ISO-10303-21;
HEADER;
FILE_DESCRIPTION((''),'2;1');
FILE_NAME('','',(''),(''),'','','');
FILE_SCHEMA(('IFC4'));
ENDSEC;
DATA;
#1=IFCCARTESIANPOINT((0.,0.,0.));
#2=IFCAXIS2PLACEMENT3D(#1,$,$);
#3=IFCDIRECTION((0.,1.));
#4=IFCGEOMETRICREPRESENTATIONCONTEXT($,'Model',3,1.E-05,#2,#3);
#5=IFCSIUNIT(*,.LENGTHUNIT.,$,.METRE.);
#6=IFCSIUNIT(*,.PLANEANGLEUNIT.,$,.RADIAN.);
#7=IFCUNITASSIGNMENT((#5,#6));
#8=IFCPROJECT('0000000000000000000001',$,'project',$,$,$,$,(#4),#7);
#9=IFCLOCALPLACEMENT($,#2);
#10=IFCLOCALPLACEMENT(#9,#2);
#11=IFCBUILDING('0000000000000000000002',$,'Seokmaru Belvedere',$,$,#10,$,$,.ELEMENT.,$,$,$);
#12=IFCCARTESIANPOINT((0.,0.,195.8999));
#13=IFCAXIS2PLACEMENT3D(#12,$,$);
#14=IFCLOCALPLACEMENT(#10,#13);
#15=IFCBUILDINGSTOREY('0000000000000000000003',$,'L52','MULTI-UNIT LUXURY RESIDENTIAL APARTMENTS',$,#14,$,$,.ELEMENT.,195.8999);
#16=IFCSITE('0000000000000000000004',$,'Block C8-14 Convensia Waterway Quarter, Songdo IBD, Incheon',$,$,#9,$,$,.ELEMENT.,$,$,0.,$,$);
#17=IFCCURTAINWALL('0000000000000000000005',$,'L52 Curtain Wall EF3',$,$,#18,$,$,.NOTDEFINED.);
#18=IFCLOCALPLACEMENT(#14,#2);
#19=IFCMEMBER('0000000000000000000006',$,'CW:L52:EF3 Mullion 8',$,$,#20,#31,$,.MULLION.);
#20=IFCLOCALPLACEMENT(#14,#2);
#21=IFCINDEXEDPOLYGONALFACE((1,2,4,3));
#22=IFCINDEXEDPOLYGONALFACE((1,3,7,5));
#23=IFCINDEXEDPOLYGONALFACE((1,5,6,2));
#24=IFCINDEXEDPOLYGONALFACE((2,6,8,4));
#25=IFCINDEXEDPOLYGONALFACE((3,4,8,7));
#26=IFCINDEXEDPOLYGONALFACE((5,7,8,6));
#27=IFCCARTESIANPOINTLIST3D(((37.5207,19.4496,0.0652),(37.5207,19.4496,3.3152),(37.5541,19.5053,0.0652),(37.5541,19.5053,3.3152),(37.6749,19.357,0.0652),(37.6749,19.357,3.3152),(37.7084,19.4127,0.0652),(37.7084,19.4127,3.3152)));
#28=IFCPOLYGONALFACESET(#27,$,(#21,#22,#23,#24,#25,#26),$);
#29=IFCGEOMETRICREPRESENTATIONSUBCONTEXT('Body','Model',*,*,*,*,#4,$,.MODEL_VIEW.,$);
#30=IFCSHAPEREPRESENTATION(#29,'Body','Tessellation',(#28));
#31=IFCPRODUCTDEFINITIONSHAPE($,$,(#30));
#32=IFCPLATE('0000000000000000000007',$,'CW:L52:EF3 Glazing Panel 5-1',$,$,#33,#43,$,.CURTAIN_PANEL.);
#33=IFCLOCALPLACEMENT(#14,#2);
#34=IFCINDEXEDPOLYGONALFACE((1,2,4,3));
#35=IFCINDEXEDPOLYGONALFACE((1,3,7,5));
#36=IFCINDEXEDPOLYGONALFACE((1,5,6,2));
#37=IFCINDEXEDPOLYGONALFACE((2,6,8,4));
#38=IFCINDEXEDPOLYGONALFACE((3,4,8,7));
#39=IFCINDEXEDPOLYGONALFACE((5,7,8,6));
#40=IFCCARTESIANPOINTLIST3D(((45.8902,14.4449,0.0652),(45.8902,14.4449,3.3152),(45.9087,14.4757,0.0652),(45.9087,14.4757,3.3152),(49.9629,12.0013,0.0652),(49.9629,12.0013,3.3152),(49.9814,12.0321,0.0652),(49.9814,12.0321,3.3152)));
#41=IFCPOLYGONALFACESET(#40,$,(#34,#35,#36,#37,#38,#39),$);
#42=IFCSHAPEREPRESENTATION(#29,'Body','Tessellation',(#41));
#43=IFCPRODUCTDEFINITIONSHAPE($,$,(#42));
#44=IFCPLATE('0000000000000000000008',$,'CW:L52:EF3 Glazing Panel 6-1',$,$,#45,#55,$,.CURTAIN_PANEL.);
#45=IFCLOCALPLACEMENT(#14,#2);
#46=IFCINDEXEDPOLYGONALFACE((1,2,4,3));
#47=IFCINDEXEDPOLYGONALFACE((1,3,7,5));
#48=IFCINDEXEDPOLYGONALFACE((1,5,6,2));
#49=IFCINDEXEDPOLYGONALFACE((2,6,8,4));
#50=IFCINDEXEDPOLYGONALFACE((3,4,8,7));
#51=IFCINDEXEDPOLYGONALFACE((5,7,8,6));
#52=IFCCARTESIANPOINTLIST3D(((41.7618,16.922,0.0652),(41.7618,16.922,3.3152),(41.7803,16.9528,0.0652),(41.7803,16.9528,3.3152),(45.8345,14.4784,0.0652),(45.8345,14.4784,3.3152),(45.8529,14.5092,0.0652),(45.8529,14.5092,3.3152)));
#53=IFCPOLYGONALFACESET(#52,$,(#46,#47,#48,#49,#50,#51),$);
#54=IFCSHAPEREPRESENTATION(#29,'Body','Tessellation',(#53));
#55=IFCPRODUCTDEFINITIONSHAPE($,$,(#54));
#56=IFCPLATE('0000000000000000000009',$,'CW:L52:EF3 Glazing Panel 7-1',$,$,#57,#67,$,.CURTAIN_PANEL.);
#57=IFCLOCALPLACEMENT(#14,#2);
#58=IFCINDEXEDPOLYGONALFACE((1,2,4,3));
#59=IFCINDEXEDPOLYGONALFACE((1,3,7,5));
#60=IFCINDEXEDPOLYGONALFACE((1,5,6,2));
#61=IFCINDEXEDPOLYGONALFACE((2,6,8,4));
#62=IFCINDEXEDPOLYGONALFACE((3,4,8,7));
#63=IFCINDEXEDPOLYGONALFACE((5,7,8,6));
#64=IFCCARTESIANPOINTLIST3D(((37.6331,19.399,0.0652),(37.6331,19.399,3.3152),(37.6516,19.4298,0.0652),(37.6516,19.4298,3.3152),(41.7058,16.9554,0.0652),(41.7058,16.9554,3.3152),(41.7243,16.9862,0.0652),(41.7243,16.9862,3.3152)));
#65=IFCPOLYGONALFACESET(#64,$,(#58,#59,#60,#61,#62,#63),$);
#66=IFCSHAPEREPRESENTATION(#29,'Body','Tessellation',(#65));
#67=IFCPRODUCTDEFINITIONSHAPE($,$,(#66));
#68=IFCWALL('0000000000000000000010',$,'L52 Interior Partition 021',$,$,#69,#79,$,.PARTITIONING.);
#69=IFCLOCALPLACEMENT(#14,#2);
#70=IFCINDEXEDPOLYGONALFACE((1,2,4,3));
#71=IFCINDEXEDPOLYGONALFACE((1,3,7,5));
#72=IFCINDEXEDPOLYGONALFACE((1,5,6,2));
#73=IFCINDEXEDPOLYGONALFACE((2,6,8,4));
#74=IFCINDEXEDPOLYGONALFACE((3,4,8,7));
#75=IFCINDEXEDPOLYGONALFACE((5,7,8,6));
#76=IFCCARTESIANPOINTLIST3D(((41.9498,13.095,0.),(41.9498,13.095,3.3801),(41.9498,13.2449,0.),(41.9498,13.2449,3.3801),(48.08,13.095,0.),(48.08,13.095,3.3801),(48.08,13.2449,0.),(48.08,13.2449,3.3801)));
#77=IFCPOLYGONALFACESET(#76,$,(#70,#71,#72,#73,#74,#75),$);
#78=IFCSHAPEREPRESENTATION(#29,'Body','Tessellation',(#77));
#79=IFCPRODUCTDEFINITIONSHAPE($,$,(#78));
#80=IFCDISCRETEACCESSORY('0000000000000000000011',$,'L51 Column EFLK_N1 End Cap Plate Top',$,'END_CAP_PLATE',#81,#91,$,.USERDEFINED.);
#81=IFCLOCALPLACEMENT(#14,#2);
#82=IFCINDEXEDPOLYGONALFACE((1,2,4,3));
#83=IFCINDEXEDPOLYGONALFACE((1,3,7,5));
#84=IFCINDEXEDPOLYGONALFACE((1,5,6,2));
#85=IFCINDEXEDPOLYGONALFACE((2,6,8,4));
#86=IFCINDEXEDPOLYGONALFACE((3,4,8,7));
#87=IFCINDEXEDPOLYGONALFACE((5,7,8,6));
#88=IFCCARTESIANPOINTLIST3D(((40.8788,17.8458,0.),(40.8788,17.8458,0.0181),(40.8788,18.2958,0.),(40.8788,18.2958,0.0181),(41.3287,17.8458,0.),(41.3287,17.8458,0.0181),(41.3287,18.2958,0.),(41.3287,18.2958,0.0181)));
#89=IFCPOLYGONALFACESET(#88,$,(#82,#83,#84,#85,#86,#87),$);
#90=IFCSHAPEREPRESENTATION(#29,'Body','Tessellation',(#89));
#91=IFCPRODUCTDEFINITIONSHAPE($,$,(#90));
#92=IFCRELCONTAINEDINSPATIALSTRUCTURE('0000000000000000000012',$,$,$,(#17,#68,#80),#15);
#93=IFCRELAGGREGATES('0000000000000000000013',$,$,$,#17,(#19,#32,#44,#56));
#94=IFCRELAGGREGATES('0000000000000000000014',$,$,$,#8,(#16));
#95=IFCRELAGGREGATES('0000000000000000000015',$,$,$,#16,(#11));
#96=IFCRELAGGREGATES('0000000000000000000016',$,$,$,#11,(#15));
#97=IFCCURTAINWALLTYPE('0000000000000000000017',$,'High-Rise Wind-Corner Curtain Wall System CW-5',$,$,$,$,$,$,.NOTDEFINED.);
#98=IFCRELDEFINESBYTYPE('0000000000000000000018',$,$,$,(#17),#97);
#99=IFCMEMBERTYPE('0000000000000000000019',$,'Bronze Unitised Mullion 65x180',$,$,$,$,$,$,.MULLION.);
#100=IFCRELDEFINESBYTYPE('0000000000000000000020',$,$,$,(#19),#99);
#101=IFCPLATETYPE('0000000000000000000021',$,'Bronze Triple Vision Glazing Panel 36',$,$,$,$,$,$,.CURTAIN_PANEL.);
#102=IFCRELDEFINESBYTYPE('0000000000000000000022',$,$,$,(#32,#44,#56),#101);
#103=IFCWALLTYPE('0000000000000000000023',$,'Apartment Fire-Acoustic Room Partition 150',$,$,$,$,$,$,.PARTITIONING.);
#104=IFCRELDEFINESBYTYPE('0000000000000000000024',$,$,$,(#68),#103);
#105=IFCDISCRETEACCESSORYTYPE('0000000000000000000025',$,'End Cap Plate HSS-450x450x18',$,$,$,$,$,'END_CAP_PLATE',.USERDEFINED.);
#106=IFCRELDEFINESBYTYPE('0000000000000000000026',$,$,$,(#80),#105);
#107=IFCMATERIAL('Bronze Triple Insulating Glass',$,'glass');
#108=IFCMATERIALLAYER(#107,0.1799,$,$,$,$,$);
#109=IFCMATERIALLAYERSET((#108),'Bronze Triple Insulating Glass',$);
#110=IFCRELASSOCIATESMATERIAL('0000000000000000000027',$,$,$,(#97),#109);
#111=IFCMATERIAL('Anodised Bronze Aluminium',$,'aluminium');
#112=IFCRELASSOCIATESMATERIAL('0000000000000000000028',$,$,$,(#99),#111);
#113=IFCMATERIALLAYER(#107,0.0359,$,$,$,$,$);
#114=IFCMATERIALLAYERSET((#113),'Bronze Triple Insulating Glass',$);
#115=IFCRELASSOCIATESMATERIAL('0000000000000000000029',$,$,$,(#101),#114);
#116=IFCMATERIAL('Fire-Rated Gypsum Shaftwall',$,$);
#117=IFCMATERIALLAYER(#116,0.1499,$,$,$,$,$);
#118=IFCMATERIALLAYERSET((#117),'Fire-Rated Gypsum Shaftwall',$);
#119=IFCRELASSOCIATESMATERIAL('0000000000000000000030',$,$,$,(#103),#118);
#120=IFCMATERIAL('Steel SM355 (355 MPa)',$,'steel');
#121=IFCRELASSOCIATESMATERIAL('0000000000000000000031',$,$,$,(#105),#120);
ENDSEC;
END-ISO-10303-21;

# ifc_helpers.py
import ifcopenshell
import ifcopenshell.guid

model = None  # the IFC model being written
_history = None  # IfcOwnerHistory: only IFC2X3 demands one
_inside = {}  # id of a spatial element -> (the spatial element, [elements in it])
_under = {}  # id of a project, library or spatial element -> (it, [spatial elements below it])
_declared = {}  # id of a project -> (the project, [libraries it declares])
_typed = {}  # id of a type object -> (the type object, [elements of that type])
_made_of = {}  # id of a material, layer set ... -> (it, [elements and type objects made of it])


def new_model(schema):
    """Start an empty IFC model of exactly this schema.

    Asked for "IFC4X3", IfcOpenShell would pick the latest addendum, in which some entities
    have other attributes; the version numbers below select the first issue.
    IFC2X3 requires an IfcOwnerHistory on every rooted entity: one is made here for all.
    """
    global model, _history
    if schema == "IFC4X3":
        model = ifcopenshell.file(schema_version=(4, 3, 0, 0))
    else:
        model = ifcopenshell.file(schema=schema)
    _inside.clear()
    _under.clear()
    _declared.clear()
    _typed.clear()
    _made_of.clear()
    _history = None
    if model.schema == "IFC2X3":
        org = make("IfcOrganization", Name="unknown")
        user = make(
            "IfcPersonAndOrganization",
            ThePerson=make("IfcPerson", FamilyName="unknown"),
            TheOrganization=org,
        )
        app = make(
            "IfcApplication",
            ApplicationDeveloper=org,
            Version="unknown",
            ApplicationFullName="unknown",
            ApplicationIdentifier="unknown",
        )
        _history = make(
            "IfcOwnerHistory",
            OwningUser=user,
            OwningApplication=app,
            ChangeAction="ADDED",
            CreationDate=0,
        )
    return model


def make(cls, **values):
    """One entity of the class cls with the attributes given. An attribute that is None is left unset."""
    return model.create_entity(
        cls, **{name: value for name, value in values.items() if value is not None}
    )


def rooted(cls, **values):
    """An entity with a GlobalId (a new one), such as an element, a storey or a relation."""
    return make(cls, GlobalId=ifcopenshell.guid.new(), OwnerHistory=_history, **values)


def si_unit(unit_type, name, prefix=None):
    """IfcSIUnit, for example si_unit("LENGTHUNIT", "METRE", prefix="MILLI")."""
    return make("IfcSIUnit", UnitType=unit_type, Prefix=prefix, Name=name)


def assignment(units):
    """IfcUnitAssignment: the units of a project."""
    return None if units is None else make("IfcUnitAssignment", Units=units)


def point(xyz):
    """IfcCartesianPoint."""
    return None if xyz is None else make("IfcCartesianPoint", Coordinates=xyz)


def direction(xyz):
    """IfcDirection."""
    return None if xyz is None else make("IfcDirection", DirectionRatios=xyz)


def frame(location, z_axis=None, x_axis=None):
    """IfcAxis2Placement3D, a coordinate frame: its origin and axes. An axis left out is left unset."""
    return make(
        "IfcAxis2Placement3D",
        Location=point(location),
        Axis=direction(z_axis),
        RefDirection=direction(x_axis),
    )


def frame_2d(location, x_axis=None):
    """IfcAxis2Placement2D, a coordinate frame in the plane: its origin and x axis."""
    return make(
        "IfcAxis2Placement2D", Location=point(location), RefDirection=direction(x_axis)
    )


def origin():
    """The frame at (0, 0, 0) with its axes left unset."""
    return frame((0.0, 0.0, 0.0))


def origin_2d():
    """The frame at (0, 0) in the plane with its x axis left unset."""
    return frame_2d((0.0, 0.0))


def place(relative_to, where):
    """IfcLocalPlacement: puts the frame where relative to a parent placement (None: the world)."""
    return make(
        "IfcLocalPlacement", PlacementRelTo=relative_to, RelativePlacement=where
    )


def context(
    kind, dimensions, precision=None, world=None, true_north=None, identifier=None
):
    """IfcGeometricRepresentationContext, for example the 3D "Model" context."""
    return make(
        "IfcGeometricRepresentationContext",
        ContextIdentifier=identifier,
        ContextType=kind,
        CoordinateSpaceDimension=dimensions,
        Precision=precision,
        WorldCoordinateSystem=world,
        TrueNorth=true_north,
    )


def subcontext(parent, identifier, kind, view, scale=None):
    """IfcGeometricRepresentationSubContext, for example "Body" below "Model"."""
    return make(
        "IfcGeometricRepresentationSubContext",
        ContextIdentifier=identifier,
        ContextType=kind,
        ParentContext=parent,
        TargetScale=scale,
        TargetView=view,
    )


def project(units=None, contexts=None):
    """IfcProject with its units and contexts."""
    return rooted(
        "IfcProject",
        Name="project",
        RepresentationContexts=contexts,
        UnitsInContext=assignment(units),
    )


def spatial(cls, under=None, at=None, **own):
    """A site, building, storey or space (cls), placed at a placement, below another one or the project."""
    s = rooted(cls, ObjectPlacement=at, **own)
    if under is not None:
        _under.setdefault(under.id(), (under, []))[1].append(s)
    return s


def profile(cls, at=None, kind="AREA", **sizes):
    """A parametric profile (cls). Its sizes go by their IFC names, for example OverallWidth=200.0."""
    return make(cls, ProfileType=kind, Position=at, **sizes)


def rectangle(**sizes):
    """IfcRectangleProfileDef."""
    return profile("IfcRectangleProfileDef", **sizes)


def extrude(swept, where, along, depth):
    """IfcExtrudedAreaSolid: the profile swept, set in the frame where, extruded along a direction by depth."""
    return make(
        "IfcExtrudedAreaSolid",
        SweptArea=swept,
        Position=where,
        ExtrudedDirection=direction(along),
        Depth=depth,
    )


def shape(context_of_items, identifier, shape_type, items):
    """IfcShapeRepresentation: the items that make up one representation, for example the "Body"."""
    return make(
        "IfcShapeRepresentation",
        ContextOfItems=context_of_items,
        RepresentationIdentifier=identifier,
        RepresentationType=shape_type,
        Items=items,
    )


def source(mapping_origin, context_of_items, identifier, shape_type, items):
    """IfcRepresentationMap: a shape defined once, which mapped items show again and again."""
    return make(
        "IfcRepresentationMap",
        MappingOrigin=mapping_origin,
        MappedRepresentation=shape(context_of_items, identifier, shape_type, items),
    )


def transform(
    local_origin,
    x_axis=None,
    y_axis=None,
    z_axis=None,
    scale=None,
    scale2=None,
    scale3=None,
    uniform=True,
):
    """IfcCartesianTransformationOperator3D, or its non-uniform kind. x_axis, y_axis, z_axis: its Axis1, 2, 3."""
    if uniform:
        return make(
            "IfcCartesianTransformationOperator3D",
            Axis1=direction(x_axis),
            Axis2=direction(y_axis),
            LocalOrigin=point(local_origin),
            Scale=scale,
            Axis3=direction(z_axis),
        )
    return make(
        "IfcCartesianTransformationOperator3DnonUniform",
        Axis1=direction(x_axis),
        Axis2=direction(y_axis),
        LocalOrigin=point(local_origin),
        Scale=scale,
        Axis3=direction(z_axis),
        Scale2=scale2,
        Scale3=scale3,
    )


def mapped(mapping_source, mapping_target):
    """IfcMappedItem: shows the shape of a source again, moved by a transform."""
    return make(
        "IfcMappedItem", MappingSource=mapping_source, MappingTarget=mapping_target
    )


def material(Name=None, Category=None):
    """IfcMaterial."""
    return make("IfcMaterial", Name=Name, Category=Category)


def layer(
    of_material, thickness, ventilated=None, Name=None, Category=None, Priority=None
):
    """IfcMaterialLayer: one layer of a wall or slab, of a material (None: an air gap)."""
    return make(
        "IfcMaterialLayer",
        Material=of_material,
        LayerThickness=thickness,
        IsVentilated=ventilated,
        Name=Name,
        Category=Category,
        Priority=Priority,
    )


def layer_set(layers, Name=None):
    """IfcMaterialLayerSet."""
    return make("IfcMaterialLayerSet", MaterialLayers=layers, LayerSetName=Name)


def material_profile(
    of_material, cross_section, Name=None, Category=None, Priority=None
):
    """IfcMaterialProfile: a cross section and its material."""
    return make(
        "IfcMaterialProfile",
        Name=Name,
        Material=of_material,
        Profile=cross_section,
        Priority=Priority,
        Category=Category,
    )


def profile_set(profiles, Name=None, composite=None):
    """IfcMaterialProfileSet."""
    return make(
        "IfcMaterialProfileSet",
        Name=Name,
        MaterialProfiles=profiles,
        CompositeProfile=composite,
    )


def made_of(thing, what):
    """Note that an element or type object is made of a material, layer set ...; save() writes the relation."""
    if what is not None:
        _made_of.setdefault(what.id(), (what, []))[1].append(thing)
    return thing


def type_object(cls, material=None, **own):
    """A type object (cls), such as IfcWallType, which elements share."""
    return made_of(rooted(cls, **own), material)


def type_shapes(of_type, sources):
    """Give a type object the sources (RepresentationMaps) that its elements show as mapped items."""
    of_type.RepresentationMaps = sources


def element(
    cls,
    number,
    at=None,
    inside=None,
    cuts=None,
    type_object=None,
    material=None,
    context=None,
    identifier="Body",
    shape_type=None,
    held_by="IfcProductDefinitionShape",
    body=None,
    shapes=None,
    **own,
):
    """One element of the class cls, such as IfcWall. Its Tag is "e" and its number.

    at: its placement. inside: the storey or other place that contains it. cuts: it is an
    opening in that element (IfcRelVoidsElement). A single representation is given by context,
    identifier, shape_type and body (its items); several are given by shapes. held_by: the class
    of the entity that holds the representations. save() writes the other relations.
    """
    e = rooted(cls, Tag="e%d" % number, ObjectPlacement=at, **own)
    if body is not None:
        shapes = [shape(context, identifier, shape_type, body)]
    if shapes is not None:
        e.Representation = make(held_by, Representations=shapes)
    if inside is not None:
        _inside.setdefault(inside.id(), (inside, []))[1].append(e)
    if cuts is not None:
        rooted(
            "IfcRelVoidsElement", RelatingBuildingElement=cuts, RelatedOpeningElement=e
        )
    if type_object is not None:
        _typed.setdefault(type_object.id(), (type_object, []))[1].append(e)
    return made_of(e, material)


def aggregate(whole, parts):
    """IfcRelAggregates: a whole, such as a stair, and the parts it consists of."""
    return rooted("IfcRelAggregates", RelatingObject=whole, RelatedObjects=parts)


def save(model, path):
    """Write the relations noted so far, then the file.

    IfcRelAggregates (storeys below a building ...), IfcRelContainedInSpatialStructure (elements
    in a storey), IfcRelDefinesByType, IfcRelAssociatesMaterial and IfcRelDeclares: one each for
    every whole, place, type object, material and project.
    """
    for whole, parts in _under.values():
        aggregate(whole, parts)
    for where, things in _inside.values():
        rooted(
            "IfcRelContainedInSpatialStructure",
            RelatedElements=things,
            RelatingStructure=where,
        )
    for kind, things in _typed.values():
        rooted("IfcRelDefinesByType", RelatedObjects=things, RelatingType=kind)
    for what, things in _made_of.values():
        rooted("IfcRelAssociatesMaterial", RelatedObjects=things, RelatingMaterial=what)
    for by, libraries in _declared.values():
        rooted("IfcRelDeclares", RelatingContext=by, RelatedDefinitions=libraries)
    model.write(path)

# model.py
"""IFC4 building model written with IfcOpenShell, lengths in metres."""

from ifc_helpers import new_model, si_unit, direction, frame, frame_2d, origin, origin_2d, place, context, subcontext, project, spatial, rectangle, extrude, source, transform, mapped, material, layer, layer_set, material_profile, profile_set, type_object, type_shapes, element, aggregate, save


model = new_model("IFC4")

# Units and contexts
model_context = context("Model", 3, precision=1e-05, world=origin(), true_north=direction((0.0, 1.0)))
body_context = subcontext(model_context, "Body", "Model", "MODEL_VIEW")
ifc_project = project(units=[si_unit("LENGTHUNIT", "METRE"), si_unit("PLANEANGLEUNIT", "RADIAN")], contexts=[model_context])

# Site, building, storey
site_placement = place(None, origin())
site = spatial("IfcSite", under=ifc_project, at=site_placement, Name="Block C8-14 Convensia Waterway Quarter, Songdo IBD, Incheon", CompositionType="ELEMENT", RefElevation=0.0)
building_placement = place(site_placement, origin())
building = spatial("IfcBuilding", under=site, at=building_placement, Name="Seokmaru Belvedere", CompositionType="ELEMENT")
storey_placement = place(building_placement, frame((0.0, 0.0, 195.8999)))
storey = spatial("IfcBuildingStorey", under=building, at=storey_placement, Name="L52", Description="MULTI-UNIT LUXURY RESIDENTIAL APARTMENTS", CompositionType="ELEMENT", Elevation=195.8999)

# Shared definitions
ifc_material_1 = material(Name="Steel SM355 (355 MPa)", Category="steel")

# Curtain wall, member, plates
ifc_material_2 = material(Name="Bronze Triple Insulating Glass", Category="glass")
ifc_layer_1 = layer(ifc_material_2, 0.1799)
ifc_layer_set_1 = layer_set([ifc_layer_1], Name="Bronze Triple Insulating Glass")
curtain_wall_type = type_object("IfcCurtainWallType", Name="High-Rise Wind-Corner Curtain Wall System CW-5", PredefinedType="NOTDEFINED", material=ifc_layer_set_1)
curtain_wall_placement = place(storey_placement, origin())
curtain_wall = element("IfcCurtainWall", 1, at=curtain_wall_placement, inside=storey, type_object=curtain_wall_type, Name="L52 Curtain Wall EF3", PredefinedType="NOTDEFINED")
ifc_material_3 = material(Name="Anodised Bronze Aluminium", Category="aluminium")
ifc_material_profile_1 = material_profile(ifc_material_3, rectangle(XDim=0.0649, YDim=0.1799, at=origin_2d()), Name="CW-M-65x180")
ifc_profile_set_1 = profile_set([ifc_material_profile_1], Name="Anodised Bronze Aluminium")
member_type = type_object("IfcMemberType", Name="Bronze Unitised Mullion 65x180", PredefinedType="MULLION", material=ifc_profile_set_1)
shared_shape_1 = source(origin(), body_context, "Body", "SweptSolid", [
    extrude(rectangle(XDim=0.0649, YDim=0.1799, at=origin_2d()), origin(), (0.0, 0.0, 1.0), 3.25),
])
type_shapes(member_type, [shared_shape_1])
member_1_placement = place(storey_placement, frame((37.6145, 19.4312, 0.0652), z_axis=(0.0, 0.0, 1.0), x_axis=(-0.514495, -0.857493, 0.0)))
member_1 = element("IfcMember", 2, at=member_1_placement, type_object=member_type, Name="CW:L52:EF3 Mullion 8", PredefinedType="MULLION", context=body_context, shape_type="MappedRepresentation", body=[
    mapped(shared_shape_1, transform((0.0, 0.0, 0.0), scale=1.0)),
])
ifc_layer_2 = layer(ifc_material_2, 0.0359)
ifc_layer_set_2 = layer_set([ifc_layer_2], Name="Bronze Triple Insulating Glass")
plate_type = type_object("IfcPlateType", Name="Bronze Triple Vision Glazing Panel 36", PredefinedType="CURTAIN_PANEL", material=ifc_layer_set_2)
shared_shape_2 = source(origin(), body_context, "Body", "SweptSolid", [
    extrude(rectangle(XDim=4.7495, YDim=0.0359, at=origin_2d()), origin(), (0.0, 0.0, 1.0), 3.25),
])
type_shapes(plate_type, [shared_shape_2])
plate_1_placement = place(storey_placement, frame((47.9358, 13.2385, 0.0652), z_axis=(0.0, 0.0, 1.0), x_axis=(-0.857493, 0.514495, 0.0)))
plate_1 = element("IfcPlate", 3, at=plate_1_placement, type_object=plate_type, Name="CW:L52:EF3 Glazing Panel 5-1", PredefinedType="CURTAIN_PANEL", context=body_context, shape_type="MappedRepresentation", body=[
    mapped(shared_shape_2, transform((0.0, 0.0, 0.0), scale=1.0)),
])
plate_2_placement = place(storey_placement, frame((43.8074, 15.7156, 0.0652), z_axis=(0.0, 0.0, 1.0), x_axis=(-0.857493, 0.514495, 0.0)))
plate_2 = element("IfcPlate", 4, at=plate_2_placement, type_object=plate_type, Name="CW:L52:EF3 Glazing Panel 6-1", PredefinedType="CURTAIN_PANEL", context=body_context, shape_type="MappedRepresentation", body=[
    mapped(shared_shape_2, transform((0.0, 0.0, 0.0), scale=1.0)),
])
plate_3_placement = place(storey_placement, frame((39.6787, 18.1926, 0.0652), z_axis=(0.0, 0.0, 1.0), x_axis=(-0.857493, 0.514495, 0.0)))
plate_3 = element("IfcPlate", 5, at=plate_3_placement, type_object=plate_type, Name="CW:L52:EF3 Glazing Panel 7-1", PredefinedType="CURTAIN_PANEL", context=body_context, shape_type="MappedRepresentation", body=[
    mapped(shared_shape_2, transform((0.0, 0.0, 0.0), scale=1.0)),
])
aggregate(curtain_wall, [member_1, plate_1, plate_2, plate_3])

# Wall
ifc_material_4 = material(Name="Fire-Rated Gypsum Shaftwall")
ifc_layer_3 = layer(ifc_material_4, 0.1499)
ifc_layer_set_3 = layer_set([ifc_layer_3], Name="Fire-Rated Gypsum Shaftwall")
wall_type = type_object("IfcWallType", Name="Apartment Fire-Acoustic Room Partition 150", PredefinedType="PARTITIONING", material=ifc_layer_set_3)
wall_placement = place(storey_placement, frame((41.95, 13.1699, 0.0), z_axis=(0.0, 0.0, 1.0), x_axis=(1.0, 0.0, 0.0)))
element("IfcWall", 6, at=wall_placement, inside=storey, type_object=wall_type, Name="L52 Interior Partition 021", PredefinedType="PARTITIONING", context=body_context, shape_type="SweptSolid", body=[
    extrude(rectangle(XDim=6.1301, YDim=0.1499, at=frame_2d((3.0649, 0.0))), origin(), (0.0, 0.0, 1.0), 3.3801),
])

# Discrete accessory
discrete_accessory_type = type_object("IfcDiscreteAccessoryType", Name="End Cap Plate HSS-450x450x18", ElementType="END_CAP_PLATE", PredefinedType="USERDEFINED", material=ifc_material_1)
shared_shape_3 = source(origin(), body_context, "Body", "SweptSolid", [
    extrude(rectangle(XDim=0.45, YDim=0.45, at=origin_2d()), origin(), (0.0, 0.0, 1.0), 0.0181),
])
type_shapes(discrete_accessory_type, [shared_shape_3])
discrete_accessory_placement = place(storey_placement, frame((41.1038, 18.0708, 0.0), z_axis=(0.0, 0.0, 1.0), x_axis=(1.0, 0.0, 0.0)))
element("IfcDiscreteAccessory", 7, at=discrete_accessory_placement, inside=storey, type_object=discrete_accessory_type, Name="L51 Column EFLK_N1 End Cap Plate Top", ObjectType="END_CAP_PLATE", PredefinedType="USERDEFINED", context=body_context, shape_type="MappedRepresentation", body=[
    mapped(shared_shape_3, transform((0.0, 0.0, 0.0), scale=1.0)),
])

save(model, "model.ifc")
